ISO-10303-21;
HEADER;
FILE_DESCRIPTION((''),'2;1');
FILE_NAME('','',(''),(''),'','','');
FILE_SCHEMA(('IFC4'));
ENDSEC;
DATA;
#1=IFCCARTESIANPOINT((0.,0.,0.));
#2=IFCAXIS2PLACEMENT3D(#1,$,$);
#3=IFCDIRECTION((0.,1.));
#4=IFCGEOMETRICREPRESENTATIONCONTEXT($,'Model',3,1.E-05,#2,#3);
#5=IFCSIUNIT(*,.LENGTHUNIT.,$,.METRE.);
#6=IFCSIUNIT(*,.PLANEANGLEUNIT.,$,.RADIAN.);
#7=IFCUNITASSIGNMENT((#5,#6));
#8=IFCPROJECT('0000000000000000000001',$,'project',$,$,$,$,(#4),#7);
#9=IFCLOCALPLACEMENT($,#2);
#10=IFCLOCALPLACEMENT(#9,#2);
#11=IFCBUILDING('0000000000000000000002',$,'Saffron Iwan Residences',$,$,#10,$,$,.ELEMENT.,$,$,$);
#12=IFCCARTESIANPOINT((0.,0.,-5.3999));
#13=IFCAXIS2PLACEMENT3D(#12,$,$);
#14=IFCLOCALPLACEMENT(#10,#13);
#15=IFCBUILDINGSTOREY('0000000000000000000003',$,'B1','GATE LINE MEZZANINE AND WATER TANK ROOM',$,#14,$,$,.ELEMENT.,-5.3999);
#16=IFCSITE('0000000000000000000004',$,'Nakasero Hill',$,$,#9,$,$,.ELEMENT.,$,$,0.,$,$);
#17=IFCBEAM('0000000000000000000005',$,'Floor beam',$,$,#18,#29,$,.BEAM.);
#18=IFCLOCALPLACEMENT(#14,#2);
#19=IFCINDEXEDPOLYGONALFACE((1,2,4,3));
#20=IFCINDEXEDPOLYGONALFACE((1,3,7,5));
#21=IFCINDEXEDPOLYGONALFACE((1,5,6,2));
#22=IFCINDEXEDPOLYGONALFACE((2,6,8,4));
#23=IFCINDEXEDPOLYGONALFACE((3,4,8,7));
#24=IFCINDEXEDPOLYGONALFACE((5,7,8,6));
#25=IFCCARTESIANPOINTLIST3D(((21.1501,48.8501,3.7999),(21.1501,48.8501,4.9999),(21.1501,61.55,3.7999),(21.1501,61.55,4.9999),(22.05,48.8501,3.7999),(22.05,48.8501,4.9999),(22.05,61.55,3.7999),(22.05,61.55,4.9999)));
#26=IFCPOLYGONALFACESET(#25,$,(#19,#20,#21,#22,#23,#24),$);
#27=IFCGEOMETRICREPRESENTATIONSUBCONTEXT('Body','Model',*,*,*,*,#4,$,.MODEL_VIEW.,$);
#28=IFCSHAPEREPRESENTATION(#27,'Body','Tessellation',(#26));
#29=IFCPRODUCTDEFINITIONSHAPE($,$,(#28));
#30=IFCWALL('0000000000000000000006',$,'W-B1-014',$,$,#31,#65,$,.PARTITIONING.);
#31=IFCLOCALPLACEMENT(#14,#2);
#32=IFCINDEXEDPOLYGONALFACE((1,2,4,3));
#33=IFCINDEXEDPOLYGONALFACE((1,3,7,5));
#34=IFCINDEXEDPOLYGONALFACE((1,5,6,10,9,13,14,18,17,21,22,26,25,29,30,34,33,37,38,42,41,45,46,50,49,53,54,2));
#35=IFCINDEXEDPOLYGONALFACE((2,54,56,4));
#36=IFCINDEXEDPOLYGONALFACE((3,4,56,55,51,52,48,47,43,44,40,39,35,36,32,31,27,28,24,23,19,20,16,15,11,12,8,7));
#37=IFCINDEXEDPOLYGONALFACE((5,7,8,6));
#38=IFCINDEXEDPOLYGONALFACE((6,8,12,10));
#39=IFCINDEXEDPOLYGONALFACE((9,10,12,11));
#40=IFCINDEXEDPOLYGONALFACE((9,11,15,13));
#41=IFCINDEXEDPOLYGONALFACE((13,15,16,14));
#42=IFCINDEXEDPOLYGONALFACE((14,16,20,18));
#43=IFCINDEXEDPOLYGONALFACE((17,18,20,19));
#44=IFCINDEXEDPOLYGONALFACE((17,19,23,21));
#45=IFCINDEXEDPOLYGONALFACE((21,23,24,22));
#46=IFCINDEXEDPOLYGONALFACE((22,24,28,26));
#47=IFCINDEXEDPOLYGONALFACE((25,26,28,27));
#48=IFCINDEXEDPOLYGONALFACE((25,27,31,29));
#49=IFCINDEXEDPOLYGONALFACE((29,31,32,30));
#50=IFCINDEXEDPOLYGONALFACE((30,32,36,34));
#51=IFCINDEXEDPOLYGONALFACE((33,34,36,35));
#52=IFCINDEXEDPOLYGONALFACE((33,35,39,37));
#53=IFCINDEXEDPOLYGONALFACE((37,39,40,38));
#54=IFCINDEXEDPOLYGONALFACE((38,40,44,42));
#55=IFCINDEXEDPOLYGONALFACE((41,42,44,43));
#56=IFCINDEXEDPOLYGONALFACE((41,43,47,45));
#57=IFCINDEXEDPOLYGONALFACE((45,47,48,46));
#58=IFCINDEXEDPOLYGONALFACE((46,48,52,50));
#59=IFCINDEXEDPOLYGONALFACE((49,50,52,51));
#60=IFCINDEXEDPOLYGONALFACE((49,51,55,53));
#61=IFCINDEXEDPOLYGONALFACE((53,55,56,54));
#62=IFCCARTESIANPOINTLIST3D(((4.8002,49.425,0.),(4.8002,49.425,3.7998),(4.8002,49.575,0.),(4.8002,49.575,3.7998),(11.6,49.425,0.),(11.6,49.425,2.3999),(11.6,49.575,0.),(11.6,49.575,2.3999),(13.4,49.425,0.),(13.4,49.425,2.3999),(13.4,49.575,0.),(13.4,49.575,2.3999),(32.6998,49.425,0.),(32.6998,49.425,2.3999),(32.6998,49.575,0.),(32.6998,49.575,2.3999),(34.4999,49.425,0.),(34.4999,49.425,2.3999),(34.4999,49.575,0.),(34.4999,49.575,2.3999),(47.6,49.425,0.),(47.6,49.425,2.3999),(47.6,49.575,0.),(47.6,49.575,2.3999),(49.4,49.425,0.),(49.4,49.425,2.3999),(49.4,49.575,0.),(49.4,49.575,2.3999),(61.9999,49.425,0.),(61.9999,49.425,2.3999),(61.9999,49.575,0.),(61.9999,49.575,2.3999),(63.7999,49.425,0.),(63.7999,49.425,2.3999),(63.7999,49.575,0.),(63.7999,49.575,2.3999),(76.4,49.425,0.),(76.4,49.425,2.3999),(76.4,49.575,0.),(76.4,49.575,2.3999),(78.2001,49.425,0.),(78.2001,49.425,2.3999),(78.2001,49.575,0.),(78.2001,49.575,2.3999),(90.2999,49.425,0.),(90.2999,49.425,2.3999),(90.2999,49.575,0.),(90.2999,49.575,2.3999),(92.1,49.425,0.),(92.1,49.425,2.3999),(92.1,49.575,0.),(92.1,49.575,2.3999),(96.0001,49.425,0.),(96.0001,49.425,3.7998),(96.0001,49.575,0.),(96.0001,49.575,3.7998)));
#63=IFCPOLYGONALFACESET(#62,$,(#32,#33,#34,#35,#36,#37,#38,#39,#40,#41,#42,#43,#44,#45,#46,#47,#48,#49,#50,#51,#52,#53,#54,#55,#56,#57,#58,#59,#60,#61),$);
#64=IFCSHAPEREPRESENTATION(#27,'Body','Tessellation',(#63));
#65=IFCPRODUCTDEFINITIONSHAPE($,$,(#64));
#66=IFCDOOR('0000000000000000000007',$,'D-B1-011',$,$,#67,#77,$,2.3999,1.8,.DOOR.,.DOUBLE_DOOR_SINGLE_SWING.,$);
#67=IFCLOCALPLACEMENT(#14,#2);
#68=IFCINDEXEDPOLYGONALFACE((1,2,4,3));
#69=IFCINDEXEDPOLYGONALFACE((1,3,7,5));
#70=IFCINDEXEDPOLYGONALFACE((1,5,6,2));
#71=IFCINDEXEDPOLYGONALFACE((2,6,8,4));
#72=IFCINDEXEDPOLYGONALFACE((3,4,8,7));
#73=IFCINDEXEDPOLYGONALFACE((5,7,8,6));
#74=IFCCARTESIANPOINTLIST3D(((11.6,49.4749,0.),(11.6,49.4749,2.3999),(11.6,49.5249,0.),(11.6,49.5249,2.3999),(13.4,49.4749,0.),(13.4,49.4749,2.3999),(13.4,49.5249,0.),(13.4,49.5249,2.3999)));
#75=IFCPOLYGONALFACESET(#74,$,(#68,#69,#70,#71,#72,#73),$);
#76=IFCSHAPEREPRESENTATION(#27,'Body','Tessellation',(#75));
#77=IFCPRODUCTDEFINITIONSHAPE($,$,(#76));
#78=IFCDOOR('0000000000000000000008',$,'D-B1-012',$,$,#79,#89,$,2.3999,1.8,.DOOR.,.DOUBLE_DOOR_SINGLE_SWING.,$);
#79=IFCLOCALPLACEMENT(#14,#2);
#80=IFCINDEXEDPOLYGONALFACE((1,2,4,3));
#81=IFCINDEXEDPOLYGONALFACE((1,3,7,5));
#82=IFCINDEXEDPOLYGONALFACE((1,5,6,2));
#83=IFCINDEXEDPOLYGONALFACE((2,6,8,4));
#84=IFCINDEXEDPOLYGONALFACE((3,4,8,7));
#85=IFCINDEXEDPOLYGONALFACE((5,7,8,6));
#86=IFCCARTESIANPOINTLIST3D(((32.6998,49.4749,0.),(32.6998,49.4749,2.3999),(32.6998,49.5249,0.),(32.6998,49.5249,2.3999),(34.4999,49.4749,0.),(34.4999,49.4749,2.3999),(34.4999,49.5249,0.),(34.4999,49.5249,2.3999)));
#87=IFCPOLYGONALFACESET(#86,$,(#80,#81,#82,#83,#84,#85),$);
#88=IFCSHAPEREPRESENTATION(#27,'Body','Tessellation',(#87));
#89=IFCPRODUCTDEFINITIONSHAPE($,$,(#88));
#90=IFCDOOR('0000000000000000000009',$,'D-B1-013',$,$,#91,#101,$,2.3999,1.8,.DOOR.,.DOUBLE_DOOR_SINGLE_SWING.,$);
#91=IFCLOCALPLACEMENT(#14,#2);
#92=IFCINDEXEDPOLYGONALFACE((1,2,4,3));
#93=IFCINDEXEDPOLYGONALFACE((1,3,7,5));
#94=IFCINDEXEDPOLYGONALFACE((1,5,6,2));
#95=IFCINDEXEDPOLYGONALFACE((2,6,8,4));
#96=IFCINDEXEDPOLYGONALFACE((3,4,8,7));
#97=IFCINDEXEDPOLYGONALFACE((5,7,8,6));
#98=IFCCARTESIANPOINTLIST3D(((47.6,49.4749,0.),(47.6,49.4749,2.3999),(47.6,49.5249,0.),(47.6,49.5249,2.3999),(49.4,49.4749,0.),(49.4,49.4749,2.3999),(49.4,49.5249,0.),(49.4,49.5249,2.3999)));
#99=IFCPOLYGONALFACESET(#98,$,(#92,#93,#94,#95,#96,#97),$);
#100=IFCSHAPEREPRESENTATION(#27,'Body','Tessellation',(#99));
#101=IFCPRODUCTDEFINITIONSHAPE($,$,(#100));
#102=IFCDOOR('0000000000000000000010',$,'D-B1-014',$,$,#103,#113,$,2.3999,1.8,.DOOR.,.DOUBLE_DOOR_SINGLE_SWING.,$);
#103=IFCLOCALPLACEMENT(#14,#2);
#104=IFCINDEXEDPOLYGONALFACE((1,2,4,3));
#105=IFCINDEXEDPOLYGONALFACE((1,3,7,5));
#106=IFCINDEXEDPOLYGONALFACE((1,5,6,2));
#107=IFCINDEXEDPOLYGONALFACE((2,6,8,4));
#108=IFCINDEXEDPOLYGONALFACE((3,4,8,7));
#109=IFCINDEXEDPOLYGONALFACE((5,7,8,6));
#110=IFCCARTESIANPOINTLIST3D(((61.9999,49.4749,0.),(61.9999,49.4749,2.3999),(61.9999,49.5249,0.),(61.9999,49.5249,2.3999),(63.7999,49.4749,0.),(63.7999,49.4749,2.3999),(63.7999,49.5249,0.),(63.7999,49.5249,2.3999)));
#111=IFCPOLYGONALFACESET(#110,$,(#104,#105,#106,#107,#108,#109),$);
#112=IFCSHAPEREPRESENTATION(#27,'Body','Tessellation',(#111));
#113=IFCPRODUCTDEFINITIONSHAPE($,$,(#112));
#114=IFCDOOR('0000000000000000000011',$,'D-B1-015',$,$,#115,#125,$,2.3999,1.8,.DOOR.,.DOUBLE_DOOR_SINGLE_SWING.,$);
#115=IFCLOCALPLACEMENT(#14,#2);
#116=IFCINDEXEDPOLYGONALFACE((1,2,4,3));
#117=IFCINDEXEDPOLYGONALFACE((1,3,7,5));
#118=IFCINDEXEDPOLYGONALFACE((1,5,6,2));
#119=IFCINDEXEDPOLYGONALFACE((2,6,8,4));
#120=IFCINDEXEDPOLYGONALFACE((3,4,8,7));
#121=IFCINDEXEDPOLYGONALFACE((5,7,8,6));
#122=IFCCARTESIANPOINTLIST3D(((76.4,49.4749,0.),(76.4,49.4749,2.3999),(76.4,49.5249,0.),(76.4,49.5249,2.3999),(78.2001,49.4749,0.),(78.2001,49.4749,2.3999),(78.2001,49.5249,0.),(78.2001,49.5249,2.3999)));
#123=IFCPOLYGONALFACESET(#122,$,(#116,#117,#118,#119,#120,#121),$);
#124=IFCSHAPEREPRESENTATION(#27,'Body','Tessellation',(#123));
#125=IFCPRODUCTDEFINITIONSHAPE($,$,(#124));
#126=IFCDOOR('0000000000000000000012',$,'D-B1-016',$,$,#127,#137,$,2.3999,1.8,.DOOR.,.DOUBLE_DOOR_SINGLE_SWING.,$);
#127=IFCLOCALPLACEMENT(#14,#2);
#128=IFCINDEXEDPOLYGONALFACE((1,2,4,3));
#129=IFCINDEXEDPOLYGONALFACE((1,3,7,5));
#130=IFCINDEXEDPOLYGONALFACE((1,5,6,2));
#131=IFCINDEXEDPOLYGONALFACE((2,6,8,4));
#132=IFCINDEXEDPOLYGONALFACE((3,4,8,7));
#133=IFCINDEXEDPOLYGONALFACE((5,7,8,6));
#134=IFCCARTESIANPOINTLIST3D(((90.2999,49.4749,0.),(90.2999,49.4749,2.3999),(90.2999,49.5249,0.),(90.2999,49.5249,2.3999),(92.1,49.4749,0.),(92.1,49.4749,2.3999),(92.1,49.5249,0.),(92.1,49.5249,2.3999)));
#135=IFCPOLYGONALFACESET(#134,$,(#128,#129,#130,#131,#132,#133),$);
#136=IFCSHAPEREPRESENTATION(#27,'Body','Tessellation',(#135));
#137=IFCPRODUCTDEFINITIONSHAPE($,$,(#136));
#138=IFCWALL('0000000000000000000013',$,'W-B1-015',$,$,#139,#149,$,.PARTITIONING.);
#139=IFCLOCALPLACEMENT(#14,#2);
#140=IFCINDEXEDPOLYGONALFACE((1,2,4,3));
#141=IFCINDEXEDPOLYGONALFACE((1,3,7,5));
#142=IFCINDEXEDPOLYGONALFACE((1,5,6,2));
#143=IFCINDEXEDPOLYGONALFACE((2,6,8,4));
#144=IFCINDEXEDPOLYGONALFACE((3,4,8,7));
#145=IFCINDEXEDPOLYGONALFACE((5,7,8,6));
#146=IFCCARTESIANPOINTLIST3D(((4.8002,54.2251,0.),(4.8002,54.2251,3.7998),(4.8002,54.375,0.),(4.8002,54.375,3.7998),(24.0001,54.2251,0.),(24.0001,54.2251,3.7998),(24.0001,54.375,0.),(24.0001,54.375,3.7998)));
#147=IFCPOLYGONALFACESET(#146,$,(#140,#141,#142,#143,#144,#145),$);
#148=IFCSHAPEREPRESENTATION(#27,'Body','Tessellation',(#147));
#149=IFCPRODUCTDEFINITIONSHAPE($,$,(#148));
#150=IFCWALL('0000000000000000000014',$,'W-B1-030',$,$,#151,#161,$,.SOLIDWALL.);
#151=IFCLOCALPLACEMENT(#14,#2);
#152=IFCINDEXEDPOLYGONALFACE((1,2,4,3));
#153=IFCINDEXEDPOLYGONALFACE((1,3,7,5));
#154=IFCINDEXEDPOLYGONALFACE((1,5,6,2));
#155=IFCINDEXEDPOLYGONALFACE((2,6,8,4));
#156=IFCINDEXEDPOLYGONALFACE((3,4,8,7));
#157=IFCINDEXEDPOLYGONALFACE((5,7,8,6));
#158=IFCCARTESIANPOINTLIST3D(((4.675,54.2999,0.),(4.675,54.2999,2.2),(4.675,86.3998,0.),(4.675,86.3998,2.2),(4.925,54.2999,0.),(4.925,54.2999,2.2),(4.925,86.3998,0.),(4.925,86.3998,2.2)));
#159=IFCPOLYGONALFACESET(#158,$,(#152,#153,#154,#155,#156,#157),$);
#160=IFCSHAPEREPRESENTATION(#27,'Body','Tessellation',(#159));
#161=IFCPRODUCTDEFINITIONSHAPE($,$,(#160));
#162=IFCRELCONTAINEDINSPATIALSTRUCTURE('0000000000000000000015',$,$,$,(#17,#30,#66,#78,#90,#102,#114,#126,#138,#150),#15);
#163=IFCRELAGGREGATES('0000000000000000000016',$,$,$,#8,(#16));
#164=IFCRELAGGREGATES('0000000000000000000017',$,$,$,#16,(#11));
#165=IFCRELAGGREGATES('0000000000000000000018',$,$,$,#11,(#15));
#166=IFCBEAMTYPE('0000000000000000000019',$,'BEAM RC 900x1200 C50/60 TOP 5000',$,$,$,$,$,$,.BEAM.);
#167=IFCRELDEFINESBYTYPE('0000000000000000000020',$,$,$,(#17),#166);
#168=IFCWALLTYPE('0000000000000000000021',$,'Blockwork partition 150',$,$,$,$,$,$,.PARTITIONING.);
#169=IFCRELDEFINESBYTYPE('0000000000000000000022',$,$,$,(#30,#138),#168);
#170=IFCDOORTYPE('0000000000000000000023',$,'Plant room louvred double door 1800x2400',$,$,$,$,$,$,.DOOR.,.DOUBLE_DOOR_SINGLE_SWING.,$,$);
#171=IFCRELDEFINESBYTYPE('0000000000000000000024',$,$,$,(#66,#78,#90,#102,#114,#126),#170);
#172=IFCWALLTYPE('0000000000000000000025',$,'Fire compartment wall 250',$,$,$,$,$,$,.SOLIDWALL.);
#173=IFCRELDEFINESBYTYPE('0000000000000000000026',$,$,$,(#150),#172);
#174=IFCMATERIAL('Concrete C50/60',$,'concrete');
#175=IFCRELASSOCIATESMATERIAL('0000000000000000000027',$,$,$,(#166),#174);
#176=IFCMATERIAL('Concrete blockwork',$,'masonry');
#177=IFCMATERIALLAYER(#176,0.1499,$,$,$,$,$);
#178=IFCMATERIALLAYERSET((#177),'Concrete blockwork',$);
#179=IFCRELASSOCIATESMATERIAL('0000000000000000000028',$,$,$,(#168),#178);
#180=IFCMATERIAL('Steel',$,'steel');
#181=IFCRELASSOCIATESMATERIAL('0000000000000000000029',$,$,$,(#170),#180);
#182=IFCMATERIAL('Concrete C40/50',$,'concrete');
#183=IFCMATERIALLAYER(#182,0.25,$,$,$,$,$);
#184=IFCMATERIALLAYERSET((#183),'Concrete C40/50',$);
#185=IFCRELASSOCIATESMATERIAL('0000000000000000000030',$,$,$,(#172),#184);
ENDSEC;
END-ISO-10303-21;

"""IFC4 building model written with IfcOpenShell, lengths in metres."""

from ifc_helpers import new_model, si_unit, direction, frame, frame_2d, origin, origin_2d, place, context, subcontext, project, spatial, rectangle, extrude, source, transform, mapped, material, layer, layer_set, material_profile, profile_set, type_object, element, fill, save


model = new_model("IFC4")

# Units and contexts
model_context = context("Model", 3, precision=1e-05, world=origin(), true_north=direction((0.0, 1.0)))
body_context = subcontext(model_context, "Body", "Model", "MODEL_VIEW")
ifc_project = project(units=[si_unit("LENGTHUNIT", "METRE"), si_unit("PLANEANGLEUNIT", "RADIAN")], contexts=[model_context])

# Site, building, storey
site_placement = place(None, origin())
site = spatial("IfcSite", under=ifc_project, at=site_placement, Name="Nakasero Hill", CompositionType="ELEMENT", RefElevation=0.0)
building_placement = place(site_placement, origin())
building = spatial("IfcBuilding", under=site, at=building_placement, Name="Saffron Iwan Residences", CompositionType="ELEMENT")
storey_placement = place(building_placement, frame((0.0, 0.0, -5.3999)))
storey = spatial("IfcBuildingStorey", under=building, at=storey_placement, Name="B1", Description="GATE LINE MEZZANINE AND WATER TANK ROOM", CompositionType="ELEMENT", Elevation=-5.3999)

# Shared definitions
ifc_material_1 = material(Name="Concrete C40/50", Category="concrete")

# Shared definitions
ifc_material_2 = material(Name="Concrete C50/60", Category="concrete")

# Beam
ifc_material_profile_1 = material_profile(ifc_material_2, rectangle(XDim=0.8999, YDim=1.2, at=origin_2d()), Name="RC 900x1200")
ifc_profile_set_1 = profile_set([ifc_material_profile_1], Name="Concrete C50/60")
beam_type = type_object("IfcBeamType", Name="BEAM RC 900x1200 C50/60 TOP 5000", PredefinedType="BEAM", material=ifc_profile_set_1)
shared_shape_1 = source(origin(), body_context, "Body", "SweptSolid", [
    extrude(rectangle(XDim=0.8999, YDim=1.2, at=origin_2d()), origin(), (0.0, 0.0, 1.0), 12.7),
])
for number, where, z_axis, x_axis, name in (
    (1, (21.6001, 48.8501, 4.3999), (0.0, 1.0, 0.0), (-1.0, 0.0, 0.0), "Floor beam"),
):
    element("IfcBeam", number, at=place(storey_placement, frame(where, z_axis=z_axis, x_axis=x_axis)), inside=storey, type_object=beam_type, Name=name, PredefinedType="BEAM", context=body_context, shape_type="MappedRepresentation", body=[
        mapped(shared_shape_1, transform((0.0, 0.0, 0.0))),
    ])

# Wall, openings, doors
ifc_material_3 = material(Name="Concrete blockwork", Category="masonry")
ifc_layer_1 = layer(ifc_material_3, 0.1499)
ifc_layer_set_1 = layer_set([ifc_layer_1], Name="Concrete blockwork")
wall_type_1 = type_object("IfcWallType", Name="Blockwork partition 150", PredefinedType="PARTITIONING", material=ifc_layer_set_1)
wall_1_placement = place(storey_placement, frame((4.8, 49.5, 0.0), z_axis=(0.0, 0.0, 1.0), x_axis=(1.0, 0.0, 0.0)))
wall_1 = element("IfcWall", 2, at=wall_1_placement, inside=storey, type_object=wall_type_1, Name="W-B1-014", PredefinedType="PARTITIONING", context=body_context, shape_type="SweptSolid", body=[
    extrude(rectangle(XDim=91.2, YDim=0.1499, at=frame_2d((45.6001, 0.0))), origin(), (0.0, 0.0, 1.0), 3.7998),
])
opening_1_placement = place(wall_1_placement, frame((6.8, 0.0, 0.0)))
opening_1 = element("IfcOpeningElement", 3, at=opening_1_placement, cuts=wall_1, PredefinedType="OPENING", context=body_context, shape_type="SweptSolid", body=[
    extrude(rectangle(XDim=1.8, YDim=2.3999, at=frame_2d((0.8999, 1.2))), frame((0.0, 0.085, 0.0), z_axis=(0.0, -1.0, 0.0), x_axis=(1.0, 0.0, 0.0)), (0.0, 0.0, 1.0), 0.1699),
])
opening_2_placement = place(wall_1_placement, frame((27.8999, 0.0, 0.0)))
opening_2 = element("IfcOpeningElement", 4, at=opening_2_placement, cuts=wall_1, PredefinedType="OPENING", context=body_context, shape_type="SweptSolid", body=[
    extrude(rectangle(XDim=1.8, YDim=2.3999, at=frame_2d((0.8999, 1.2))), frame((0.0, 0.085, 0.0), z_axis=(0.0, -1.0, 0.0), x_axis=(1.0, 0.0, 0.0)), (0.0, 0.0, 1.0), 0.1699),
])
opening_3_placement = place(wall_1_placement, frame((42.8, 0.0, 0.0)))
opening_3 = element("IfcOpeningElement", 5, at=opening_3_placement, cuts=wall_1, PredefinedType="OPENING", context=body_context, shape_type="SweptSolid", body=[
    extrude(rectangle(XDim=1.8, YDim=2.3999, at=frame_2d((0.8999, 1.2))), frame((0.0, 0.085, 0.0), z_axis=(0.0, -1.0, 0.0), x_axis=(1.0, 0.0, 0.0)), (0.0, 0.0, 1.0), 0.1699),
])
opening_4_placement = place(wall_1_placement, frame((57.2, 0.0, 0.0)))
opening_4 = element("IfcOpeningElement", 6, at=opening_4_placement, cuts=wall_1, PredefinedType="OPENING", context=body_context, shape_type="SweptSolid", body=[
    extrude(rectangle(XDim=1.8, YDim=2.3999, at=frame_2d((0.8999, 1.2))), frame((0.0, 0.085, 0.0), z_axis=(0.0, -1.0, 0.0), x_axis=(1.0, 0.0, 0.0)), (0.0, 0.0, 1.0), 0.1699),
])
opening_5_placement = place(wall_1_placement, frame((71.6001, 0.0, 0.0)))
opening_5 = element("IfcOpeningElement", 7, at=opening_5_placement, cuts=wall_1, PredefinedType="OPENING", context=body_context, shape_type="SweptSolid", body=[
    extrude(rectangle(XDim=1.8, YDim=2.3999, at=frame_2d((0.8999, 1.2))), frame((0.0, 0.085, 0.0), z_axis=(0.0, -1.0, 0.0), x_axis=(1.0, 0.0, 0.0)), (0.0, 0.0, 1.0), 0.1699),
])
opening_6_placement = place(wall_1_placement, frame((85.5, 0.0, 0.0)))
opening_6 = element("IfcOpeningElement", 8, at=opening_6_placement, cuts=wall_1, PredefinedType="OPENING", context=body_context, shape_type="SweptSolid", body=[
    extrude(rectangle(XDim=1.8, YDim=2.3999, at=frame_2d((0.8999, 1.2))), frame((0.0, 0.085, 0.0), z_axis=(0.0, -1.0, 0.0), x_axis=(1.0, 0.0, 0.0)), (0.0, 0.0, 1.0), 0.1699),
])
ifc_material_4 = material(Name="Steel", Category="steel")
door_type = type_object("IfcDoorType", Name="Plant room louvred double door 1800x2400", OperationType="DOUBLE_DOOR_SINGLE_SWING", PredefinedType="DOOR", material=ifc_material_4)
door_1_placement = place(opening_1_placement, origin())
door_1 = element("IfcDoor", 9, at=door_1_placement, inside=storey, type_object=door_type, Name="D-B1-011", OperationType="DOUBLE_DOOR_SINGLE_SWING", OverallHeight=2.3999, OverallWidth=1.8, PredefinedType="DOOR", context=body_context, shape_type="SweptSolid", body=[
    extrude(rectangle(XDim=1.8, YDim=2.3999, at=frame_2d((0.8999, 1.2))), frame((0.0, 0.0249, 0.0), z_axis=(0.0, -1.0, 0.0), x_axis=(1.0, 0.0, 0.0)), (0.0, 0.0, 1.0), 0.05),
])
fill(opening_1, door_1)
door_2_placement = place(opening_2_placement, origin())
door_2 = element("IfcDoor", 10, at=door_2_placement, inside=storey, type_object=door_type, Name="D-B1-012", OperationType="DOUBLE_DOOR_SINGLE_SWING", OverallHeight=2.3999, OverallWidth=1.8, PredefinedType="DOOR", context=body_context, shape_type="SweptSolid", body=[
    extrude(rectangle(XDim=1.8, YDim=2.3999, at=frame_2d((0.8999, 1.2))), frame((0.0, 0.0249, 0.0), z_axis=(0.0, -1.0, 0.0), x_axis=(1.0, 0.0, 0.0)), (0.0, 0.0, 1.0), 0.05),
])
fill(opening_2, door_2)
door_3_placement = place(opening_3_placement, origin())
door_3 = element("IfcDoor", 11, at=door_3_placement, inside=storey, type_object=door_type, Name="D-B1-013", OperationType="DOUBLE_DOOR_SINGLE_SWING", OverallHeight=2.3999, OverallWidth=1.8, PredefinedType="DOOR", context=body_context, shape_type="SweptSolid", body=[
    extrude(rectangle(XDim=1.8, YDim=2.3999, at=frame_2d((0.8999, 1.2))), frame((0.0, 0.0249, 0.0), z_axis=(0.0, -1.0, 0.0), x_axis=(1.0, 0.0, 0.0)), (0.0, 0.0, 1.0), 0.05),
])
fill(opening_3, door_3)
door_4_placement = place(opening_4_placement, origin())
door_4 = element("IfcDoor", 12, at=door_4_placement, inside=storey, type_object=door_type, Name="D-B1-014", OperationType="DOUBLE_DOOR_SINGLE_SWING", OverallHeight=2.3999, OverallWidth=1.8, PredefinedType="DOOR", context=body_context, shape_type="SweptSolid", body=[
    extrude(rectangle(XDim=1.8, YDim=2.3999, at=frame_2d((0.8999, 1.2))), frame((0.0, 0.0249, 0.0), z_axis=(0.0, -1.0, 0.0), x_axis=(1.0, 0.0, 0.0)), (0.0, 0.0, 1.0), 0.05),
])
fill(opening_4, door_4)
door_5_placement = place(opening_5_placement, origin())
door_5 = element("IfcDoor", 13, at=door_5_placement, inside=storey, type_object=door_type, Name="D-B1-015", OperationType="DOUBLE_DOOR_SINGLE_SWING", OverallHeight=2.3999, OverallWidth=1.8, PredefinedType="DOOR", context=body_context, shape_type="SweptSolid", body=[
    extrude(rectangle(XDim=1.8, YDim=2.3999, at=frame_2d((0.8999, 1.2))), frame((0.0, 0.0249, 0.0), z_axis=(0.0, -1.0, 0.0), x_axis=(1.0, 0.0, 0.0)), (0.0, 0.0, 1.0), 0.05),
])
fill(opening_5, door_5)
door_6_placement = place(opening_6_placement, origin())
door_6 = element("IfcDoor", 14, at=door_6_placement, inside=storey, type_object=door_type, Name="D-B1-016", OperationType="DOUBLE_DOOR_SINGLE_SWING", OverallHeight=2.3999, OverallWidth=1.8, PredefinedType="DOOR", context=body_context, shape_type="SweptSolid", body=[
    extrude(rectangle(XDim=1.8, YDim=2.3999, at=frame_2d((0.8999, 1.2))), frame((0.0, 0.0249, 0.0), z_axis=(0.0, -1.0, 0.0), x_axis=(1.0, 0.0, 0.0)), (0.0, 0.0, 1.0), 0.05),
])
fill(opening_6, door_6)

# Walls
wall_2_placement = place(storey_placement, frame((4.8, 54.3, 0.0), z_axis=(0.0, 0.0, 1.0), x_axis=(1.0, 0.0, 0.0)))
element("IfcWall", 15, at=wall_2_placement, inside=storey, type_object=wall_type_1, Name="W-B1-015", PredefinedType="PARTITIONING", context=body_context, shape_type="SweptSolid", body=[
    extrude(rectangle(XDim=19.2, YDim=0.1499, at=frame_2d((9.6001, 0.0))), origin(), (0.0, 0.0, 1.0), 3.7998),
])
ifc_layer_2 = layer(ifc_material_1, 0.25)
ifc_layer_set_2 = layer_set([ifc_layer_2], Name="Concrete C40/50")
wall_type_2 = type_object("IfcWallType", Name="Fire compartment wall 250", PredefinedType="SOLIDWALL", material=ifc_layer_set_2)
wall_3_placement = place(storey_placement, frame((4.8, 54.3, 0.0), z_axis=(0.0, 0.0, 1.0), x_axis=(0.0, 1.0, 0.0)))
element("IfcWall", 16, at=wall_3_placement, inside=storey, type_object=wall_type_2, Name="W-B1-030", PredefinedType="SOLIDWALL", context=body_context, shape_type="SweptSolid", body=[
    extrude(rectangle(XDim=32.0999, YDim=0.25, at=frame_2d((16.0498, 0.0))), origin(), (0.0, 0.0, 1.0), 2.2),
])

save(model, "model.ifc")
